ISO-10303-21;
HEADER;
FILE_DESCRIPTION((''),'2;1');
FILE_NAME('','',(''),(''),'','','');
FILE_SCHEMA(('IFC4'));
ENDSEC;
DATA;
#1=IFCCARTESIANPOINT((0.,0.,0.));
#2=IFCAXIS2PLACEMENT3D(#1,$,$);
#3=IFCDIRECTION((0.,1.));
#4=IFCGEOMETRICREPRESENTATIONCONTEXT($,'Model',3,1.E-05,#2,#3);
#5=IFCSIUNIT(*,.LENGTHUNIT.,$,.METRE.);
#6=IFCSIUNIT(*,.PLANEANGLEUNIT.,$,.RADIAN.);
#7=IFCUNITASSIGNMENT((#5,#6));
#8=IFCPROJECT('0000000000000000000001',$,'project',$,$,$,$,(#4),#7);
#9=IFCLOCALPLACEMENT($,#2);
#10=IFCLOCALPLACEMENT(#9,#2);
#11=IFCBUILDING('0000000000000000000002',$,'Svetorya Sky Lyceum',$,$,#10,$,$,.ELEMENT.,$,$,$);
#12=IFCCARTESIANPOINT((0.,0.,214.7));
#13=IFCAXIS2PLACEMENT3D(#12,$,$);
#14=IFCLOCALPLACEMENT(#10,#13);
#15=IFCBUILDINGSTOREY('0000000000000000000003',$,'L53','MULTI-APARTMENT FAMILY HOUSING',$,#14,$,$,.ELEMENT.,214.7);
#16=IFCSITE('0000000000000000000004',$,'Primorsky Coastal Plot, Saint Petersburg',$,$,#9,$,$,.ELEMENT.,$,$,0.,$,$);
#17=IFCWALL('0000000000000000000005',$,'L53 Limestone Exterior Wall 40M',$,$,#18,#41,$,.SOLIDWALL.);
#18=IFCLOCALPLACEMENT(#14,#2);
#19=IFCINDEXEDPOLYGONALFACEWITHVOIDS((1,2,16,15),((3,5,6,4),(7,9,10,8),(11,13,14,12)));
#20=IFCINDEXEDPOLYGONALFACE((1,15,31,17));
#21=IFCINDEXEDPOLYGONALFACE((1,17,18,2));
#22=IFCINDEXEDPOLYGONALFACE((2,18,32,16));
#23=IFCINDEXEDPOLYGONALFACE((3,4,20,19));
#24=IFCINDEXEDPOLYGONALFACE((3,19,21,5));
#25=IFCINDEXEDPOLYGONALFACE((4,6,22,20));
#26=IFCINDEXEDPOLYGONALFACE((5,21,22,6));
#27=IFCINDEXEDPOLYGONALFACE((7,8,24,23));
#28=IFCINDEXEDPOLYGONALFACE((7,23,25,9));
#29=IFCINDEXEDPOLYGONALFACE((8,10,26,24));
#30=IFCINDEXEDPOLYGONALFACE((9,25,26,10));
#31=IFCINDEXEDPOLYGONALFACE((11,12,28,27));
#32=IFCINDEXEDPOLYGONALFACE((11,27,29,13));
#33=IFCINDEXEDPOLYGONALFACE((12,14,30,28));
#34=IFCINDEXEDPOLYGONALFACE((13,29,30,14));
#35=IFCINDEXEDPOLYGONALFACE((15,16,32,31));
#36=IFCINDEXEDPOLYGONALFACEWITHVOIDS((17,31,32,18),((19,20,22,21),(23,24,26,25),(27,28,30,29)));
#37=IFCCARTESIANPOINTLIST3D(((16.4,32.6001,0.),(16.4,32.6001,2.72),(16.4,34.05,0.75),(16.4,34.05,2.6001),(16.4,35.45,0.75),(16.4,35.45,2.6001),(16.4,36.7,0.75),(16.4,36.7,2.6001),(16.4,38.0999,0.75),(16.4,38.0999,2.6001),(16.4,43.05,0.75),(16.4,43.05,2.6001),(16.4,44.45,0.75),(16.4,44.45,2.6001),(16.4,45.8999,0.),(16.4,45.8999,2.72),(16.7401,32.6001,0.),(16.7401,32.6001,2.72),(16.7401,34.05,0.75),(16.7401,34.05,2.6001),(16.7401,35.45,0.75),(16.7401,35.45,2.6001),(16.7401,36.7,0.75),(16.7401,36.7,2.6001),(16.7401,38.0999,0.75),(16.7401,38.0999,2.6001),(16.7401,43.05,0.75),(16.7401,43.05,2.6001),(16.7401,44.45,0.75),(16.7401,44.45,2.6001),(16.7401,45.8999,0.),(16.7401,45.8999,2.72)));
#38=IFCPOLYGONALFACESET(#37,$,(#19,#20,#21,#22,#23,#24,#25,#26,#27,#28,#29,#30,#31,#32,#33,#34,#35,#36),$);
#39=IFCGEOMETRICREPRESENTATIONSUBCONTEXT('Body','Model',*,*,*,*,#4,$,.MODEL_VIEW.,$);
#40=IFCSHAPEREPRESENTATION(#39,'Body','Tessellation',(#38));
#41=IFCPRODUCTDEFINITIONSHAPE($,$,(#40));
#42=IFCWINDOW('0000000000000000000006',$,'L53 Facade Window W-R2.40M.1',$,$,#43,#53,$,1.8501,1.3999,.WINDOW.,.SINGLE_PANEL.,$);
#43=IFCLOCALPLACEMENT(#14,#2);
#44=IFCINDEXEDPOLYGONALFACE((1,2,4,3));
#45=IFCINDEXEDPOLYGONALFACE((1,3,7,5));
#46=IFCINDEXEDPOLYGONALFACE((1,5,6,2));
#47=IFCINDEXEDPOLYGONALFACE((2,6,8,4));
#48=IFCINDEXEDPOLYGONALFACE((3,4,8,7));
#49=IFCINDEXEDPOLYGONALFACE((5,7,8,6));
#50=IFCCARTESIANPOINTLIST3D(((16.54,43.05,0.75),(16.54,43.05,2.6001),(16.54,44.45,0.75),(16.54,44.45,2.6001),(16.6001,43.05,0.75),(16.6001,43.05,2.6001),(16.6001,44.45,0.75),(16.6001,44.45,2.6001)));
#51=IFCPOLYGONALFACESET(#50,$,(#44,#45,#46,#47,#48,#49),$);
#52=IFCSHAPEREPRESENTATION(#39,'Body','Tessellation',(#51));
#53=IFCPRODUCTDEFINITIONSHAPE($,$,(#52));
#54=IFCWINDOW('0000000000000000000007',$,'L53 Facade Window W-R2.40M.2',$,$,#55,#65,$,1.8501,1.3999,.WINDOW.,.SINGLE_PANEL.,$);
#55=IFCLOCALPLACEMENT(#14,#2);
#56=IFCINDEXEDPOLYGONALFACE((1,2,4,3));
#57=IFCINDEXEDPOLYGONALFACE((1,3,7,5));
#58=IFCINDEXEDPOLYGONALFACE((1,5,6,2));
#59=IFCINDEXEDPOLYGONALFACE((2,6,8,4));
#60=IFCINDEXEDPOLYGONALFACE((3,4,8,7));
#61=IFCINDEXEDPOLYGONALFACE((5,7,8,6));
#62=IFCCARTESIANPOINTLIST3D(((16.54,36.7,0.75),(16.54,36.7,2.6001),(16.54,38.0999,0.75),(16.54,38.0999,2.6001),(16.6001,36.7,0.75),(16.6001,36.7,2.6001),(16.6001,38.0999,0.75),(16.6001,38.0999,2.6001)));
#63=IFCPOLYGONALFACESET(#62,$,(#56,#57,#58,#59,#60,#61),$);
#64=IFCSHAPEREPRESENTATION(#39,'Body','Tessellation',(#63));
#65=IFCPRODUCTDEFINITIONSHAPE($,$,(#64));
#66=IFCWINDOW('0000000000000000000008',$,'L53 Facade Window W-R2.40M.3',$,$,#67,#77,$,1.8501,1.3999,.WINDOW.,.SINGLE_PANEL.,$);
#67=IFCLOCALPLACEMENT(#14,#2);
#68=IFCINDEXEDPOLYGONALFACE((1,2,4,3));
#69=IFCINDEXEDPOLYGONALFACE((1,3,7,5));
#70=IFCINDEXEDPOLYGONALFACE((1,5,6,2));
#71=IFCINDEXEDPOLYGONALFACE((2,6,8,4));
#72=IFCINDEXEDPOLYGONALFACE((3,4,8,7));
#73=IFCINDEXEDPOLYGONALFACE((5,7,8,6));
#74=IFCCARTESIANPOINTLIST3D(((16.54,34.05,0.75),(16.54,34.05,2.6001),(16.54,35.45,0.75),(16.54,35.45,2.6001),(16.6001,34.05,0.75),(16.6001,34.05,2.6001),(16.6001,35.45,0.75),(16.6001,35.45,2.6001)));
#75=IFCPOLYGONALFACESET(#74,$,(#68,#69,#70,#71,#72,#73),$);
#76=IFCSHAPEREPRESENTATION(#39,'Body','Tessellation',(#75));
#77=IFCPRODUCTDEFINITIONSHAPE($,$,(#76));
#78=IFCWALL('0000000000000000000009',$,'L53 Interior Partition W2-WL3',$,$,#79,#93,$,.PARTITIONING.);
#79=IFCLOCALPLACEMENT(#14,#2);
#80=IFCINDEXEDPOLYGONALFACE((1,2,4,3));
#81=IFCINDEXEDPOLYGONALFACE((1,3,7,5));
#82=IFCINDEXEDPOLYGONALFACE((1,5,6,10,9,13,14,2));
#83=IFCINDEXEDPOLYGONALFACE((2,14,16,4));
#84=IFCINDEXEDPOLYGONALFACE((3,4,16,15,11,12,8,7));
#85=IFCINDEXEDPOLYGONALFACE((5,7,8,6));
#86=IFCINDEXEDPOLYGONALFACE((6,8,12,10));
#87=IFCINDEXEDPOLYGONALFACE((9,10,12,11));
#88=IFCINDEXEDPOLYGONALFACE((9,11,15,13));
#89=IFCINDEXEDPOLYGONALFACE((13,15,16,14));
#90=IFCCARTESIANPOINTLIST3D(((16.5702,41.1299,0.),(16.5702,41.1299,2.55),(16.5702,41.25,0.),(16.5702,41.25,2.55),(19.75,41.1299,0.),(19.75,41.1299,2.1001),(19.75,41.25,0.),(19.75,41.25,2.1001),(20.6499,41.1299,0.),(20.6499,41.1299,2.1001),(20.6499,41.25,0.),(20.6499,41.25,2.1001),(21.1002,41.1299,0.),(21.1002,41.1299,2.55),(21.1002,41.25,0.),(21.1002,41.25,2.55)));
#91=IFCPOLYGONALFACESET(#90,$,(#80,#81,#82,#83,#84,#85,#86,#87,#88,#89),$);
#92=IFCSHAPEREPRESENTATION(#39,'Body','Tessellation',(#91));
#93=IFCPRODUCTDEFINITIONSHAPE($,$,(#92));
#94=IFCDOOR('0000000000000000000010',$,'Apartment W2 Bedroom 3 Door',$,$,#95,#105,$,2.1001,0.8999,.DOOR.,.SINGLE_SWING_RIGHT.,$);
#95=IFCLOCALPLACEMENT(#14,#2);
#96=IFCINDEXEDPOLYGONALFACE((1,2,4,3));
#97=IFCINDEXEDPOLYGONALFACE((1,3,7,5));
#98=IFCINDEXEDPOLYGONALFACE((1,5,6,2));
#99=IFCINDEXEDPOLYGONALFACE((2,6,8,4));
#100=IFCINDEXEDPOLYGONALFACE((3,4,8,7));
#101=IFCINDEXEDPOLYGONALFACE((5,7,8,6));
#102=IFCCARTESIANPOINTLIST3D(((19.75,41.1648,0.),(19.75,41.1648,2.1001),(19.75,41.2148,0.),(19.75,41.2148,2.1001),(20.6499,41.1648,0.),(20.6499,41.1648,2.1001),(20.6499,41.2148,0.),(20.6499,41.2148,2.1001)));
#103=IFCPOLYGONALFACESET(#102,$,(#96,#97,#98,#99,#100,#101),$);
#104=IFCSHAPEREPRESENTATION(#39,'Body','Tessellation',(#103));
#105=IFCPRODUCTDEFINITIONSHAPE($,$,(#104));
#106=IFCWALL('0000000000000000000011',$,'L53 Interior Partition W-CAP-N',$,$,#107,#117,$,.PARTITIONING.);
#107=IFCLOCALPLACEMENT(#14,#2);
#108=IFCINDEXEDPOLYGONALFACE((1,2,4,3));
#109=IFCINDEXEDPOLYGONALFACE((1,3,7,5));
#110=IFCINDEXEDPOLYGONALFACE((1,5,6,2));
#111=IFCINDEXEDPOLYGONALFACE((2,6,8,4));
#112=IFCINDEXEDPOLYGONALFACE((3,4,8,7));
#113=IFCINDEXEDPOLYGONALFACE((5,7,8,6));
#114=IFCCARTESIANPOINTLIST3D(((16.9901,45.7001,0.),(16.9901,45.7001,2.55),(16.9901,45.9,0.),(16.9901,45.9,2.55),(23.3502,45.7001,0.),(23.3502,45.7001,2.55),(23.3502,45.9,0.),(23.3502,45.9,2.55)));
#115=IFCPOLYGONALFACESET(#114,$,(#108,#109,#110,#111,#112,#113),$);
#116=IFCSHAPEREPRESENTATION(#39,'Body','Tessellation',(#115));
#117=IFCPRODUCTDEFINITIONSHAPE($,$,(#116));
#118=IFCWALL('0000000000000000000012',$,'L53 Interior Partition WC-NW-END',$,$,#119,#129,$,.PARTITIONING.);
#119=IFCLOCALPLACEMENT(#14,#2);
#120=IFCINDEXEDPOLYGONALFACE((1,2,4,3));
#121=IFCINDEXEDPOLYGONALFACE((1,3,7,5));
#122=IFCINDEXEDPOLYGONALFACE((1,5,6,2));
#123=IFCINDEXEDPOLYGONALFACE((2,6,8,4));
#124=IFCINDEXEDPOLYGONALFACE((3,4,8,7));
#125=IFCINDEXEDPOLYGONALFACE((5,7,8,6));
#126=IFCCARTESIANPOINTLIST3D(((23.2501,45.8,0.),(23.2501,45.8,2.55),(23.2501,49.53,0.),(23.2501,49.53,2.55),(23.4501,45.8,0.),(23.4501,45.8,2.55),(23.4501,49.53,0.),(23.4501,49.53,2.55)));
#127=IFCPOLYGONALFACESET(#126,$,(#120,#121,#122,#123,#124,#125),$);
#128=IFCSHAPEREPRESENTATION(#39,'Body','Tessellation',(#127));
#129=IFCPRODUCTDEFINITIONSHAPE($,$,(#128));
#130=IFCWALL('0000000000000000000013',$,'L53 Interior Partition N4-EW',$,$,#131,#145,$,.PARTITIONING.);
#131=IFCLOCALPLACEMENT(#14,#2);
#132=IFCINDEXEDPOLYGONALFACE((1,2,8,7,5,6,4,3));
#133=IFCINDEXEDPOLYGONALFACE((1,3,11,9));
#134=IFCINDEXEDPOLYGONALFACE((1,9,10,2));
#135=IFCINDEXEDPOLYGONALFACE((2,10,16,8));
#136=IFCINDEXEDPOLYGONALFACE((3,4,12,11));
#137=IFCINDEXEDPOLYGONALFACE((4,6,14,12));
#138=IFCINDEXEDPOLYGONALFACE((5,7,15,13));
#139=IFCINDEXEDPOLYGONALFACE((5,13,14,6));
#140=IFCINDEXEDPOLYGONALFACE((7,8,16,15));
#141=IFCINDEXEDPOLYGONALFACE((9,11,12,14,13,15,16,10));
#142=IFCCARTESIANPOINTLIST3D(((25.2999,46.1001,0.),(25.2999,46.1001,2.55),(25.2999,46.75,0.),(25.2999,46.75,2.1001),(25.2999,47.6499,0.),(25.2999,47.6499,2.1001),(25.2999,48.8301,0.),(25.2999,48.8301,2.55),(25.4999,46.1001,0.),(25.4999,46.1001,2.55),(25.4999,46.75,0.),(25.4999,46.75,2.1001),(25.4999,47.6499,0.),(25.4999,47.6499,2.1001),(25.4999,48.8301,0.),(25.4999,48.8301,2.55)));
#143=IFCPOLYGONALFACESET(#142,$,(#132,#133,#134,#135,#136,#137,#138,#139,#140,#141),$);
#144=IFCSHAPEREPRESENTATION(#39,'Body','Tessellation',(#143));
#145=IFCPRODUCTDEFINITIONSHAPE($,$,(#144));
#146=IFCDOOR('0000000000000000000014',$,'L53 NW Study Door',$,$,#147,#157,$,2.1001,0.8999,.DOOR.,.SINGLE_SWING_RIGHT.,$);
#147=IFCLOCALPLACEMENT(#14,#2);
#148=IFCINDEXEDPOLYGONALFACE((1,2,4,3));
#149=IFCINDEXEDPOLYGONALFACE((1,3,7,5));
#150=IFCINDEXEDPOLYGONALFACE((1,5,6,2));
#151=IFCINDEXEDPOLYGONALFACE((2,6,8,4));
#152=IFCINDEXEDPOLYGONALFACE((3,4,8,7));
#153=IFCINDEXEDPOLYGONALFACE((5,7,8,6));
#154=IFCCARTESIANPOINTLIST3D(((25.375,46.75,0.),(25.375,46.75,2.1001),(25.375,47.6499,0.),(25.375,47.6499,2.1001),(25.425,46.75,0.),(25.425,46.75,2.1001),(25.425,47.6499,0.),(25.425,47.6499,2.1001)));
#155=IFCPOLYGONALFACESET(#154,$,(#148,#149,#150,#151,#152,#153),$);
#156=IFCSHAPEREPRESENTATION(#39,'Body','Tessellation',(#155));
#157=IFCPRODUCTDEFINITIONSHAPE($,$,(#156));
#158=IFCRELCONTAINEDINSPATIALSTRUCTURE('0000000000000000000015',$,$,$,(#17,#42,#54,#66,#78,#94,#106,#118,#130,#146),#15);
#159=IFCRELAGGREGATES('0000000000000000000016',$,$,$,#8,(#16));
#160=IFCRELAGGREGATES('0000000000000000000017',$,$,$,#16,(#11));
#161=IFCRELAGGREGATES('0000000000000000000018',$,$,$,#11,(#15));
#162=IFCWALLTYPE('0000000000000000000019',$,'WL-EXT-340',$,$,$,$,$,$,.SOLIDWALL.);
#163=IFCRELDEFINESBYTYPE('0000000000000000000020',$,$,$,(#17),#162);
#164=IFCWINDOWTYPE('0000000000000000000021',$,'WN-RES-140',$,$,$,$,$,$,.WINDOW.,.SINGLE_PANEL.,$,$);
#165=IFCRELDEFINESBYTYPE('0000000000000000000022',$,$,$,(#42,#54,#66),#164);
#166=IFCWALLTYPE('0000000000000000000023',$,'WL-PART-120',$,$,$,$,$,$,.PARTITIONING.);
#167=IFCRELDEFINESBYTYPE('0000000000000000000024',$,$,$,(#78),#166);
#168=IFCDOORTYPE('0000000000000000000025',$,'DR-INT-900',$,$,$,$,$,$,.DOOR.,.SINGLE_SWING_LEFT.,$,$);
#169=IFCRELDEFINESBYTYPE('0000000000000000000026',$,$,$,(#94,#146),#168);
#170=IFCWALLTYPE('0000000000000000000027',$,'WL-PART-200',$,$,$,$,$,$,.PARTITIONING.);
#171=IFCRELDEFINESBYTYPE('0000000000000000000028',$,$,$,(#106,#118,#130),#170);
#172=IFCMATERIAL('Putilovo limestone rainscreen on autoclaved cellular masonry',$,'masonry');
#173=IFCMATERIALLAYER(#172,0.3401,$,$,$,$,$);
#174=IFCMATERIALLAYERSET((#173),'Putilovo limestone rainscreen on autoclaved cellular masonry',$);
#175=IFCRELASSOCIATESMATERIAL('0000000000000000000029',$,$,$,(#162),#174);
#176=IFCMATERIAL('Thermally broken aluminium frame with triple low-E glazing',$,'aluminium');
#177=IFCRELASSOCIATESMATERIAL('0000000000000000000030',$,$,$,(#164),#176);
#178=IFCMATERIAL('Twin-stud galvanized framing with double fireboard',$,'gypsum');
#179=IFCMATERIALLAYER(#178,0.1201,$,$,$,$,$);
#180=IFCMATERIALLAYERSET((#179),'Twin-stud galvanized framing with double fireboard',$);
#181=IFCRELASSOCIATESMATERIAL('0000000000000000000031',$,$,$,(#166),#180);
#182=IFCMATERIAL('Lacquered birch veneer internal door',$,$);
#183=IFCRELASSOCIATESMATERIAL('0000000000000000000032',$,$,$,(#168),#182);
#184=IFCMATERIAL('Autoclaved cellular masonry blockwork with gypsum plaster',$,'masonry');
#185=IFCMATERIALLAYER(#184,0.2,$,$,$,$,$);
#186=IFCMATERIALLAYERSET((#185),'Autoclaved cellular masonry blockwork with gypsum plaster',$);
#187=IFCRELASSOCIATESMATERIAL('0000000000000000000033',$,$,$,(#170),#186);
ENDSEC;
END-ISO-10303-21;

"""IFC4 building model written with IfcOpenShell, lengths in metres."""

from ifc_helpers import new_model, si_unit, direction, frame, frame_2d, origin, place, context, subcontext, project, spatial, rectangle, extrude, material, layer, layer_set, type_object, element, fill, save


model = new_model("IFC4")

# Units and contexts
model_context = context("Model", 3, precision=1e-05, world=origin(), true_north=direction((0.0, 1.0)))
body_context = subcontext(model_context, "Body", "Model", "MODEL_VIEW")
ifc_project = project(units=[si_unit("LENGTHUNIT", "METRE"), si_unit("PLANEANGLEUNIT", "RADIAN")], contexts=[model_context])

# Site, building, storey
site_placement = place(None, origin())
site = spatial("IfcSite", under=ifc_project, at=site_placement, Name="Primorsky Coastal Plot, Saint Petersburg", CompositionType="ELEMENT", RefElevation=0.0)
building_placement = place(site_placement, origin())
building = spatial("IfcBuilding", under=site, at=building_placement, Name="Svetorya Sky Lyceum", CompositionType="ELEMENT")
storey_placement = place(building_placement, frame((0.0, 0.0, 214.7)))
storey = spatial("IfcBuildingStorey", under=building, at=storey_placement, Name="L53", Description="MULTI-APARTMENT FAMILY HOUSING", CompositionType="ELEMENT", Elevation=214.7)

# Shared definitions
ifc_material_1 = material(Name="Putilovo limestone rainscreen on autoclaved cellular masonry", Category="masonry")
ifc_layer_1 = layer(ifc_material_1, 0.3401)
ifc_layer_set_1 = layer_set([ifc_layer_1], Name="Putilovo limestone rainscreen on autoclaved cellular masonry")
wall_type_1 = type_object("IfcWallType", Name="WL-EXT-340", PredefinedType="SOLIDWALL", material=ifc_layer_set_1)

# Wall, openings, windows
wall_1_placement = place(storey_placement, frame((16.5701, 45.8999, 0.0), z_axis=(0.0, 0.0, 1.0), x_axis=(0.0, -1.0, 0.0)))
wall_1 = element("IfcWall", 1, at=wall_1_placement, inside=storey, type_object=wall_type_1, Name="L53 Limestone Exterior Wall 40M", PredefinedType="SOLIDWALL", context=body_context, shape_type="SweptSolid", body=[
    extrude(rectangle(XDim=13.2998, YDim=0.3401, at=frame_2d((6.6499, 0.0))), origin(), (0.0, 0.0, 1.0), 2.72),
])
opening_1_placement = place(wall_1_placement, frame((1.45, 0.0, 0.75)))
opening_1 = element("IfcOpeningElement", 2, at=opening_1_placement, cuts=wall_1, PredefinedType="OPENING", context=body_context, shape_type="SweptSolid", body=[
    extrude(rectangle(XDim=1.3999, YDim=1.8501, at=frame_2d((0.7, 0.925))), frame((0.0, 0.1799, 0.0), z_axis=(0.0, -1.0, 0.0), x_axis=(1.0, 0.0, 0.0)), (0.0, 0.0, 1.0), 0.3601),
])
opening_2_placement = place(wall_1_placement, frame((7.8, 0.0, 0.75)))
opening_2 = element("IfcOpeningElement", 3, at=opening_2_placement, cuts=wall_1, PredefinedType="OPENING", context=body_context, shape_type="SweptSolid", body=[
    extrude(rectangle(XDim=1.3999, YDim=1.8501, at=frame_2d((0.7, 0.925))), frame((0.0, 0.1799, 0.0), z_axis=(0.0, -1.0, 0.0), x_axis=(1.0, 0.0, 0.0)), (0.0, 0.0, 1.0), 0.3601),
])
opening_3_placement = place(wall_1_placement, frame((10.45, 0.0, 0.75)))
opening_3 = element("IfcOpeningElement", 4, at=opening_3_placement, cuts=wall_1, PredefinedType="OPENING", context=body_context, shape_type="SweptSolid", body=[
    extrude(rectangle(XDim=1.3999, YDim=1.8501, at=frame_2d((0.7, 0.925))), frame((0.0, 0.1799, 0.0), z_axis=(0.0, -1.0, 0.0), x_axis=(1.0, 0.0, 0.0)), (0.0, 0.0, 1.0), 0.3601),
])
ifc_material_2 = material(Name="Thermally broken aluminium frame with triple low-E glazing", Category="aluminium")
window_type = type_object("IfcWindowType", Name="WN-RES-140", PartitioningType="SINGLE_PANEL", PredefinedType="WINDOW", material=ifc_material_2)
window_1_placement = place(opening_1_placement, origin())
window_1 = element("IfcWindow", 5, at=window_1_placement, inside=storey, type_object=window_type, Name="L53 Facade Window W-R2.40M.1", OverallHeight=1.8501, OverallWidth=1.3999, PartitioningType="SINGLE_PANEL", PredefinedType="WINDOW", context=body_context, shape_type="SweptSolid", body=[
    extrude(rectangle(XDim=1.3999, YDim=1.8501, at=frame_2d((0.7, 0.925))), frame((0.0, 0.03, 0.0), z_axis=(0.0, -1.0, 0.0), x_axis=(1.0, 0.0, 0.0)), (0.0, 0.0, 1.0), 0.0601),
])
fill(opening_1, window_1)
window_2_placement = place(opening_2_placement, origin())
window_2 = element("IfcWindow", 6, at=window_2_placement, inside=storey, type_object=window_type, Name="L53 Facade Window W-R2.40M.2", OverallHeight=1.8501, OverallWidth=1.3999, PartitioningType="SINGLE_PANEL", PredefinedType="WINDOW", context=body_context, shape_type="SweptSolid", body=[
    extrude(rectangle(XDim=1.3999, YDim=1.8501, at=frame_2d((0.7, 0.925))), frame((0.0, 0.03, 0.0), z_axis=(0.0, -1.0, 0.0), x_axis=(1.0, 0.0, 0.0)), (0.0, 0.0, 1.0), 0.0601),
])
fill(opening_2, window_2)
window_3_placement = place(opening_3_placement, origin())
window_3 = element("IfcWindow", 7, at=window_3_placement, inside=storey, type_object=window_type, Name="L53 Facade Window W-R2.40M.3", OverallHeight=1.8501, OverallWidth=1.3999, PartitioningType="SINGLE_PANEL", PredefinedType="WINDOW", context=body_context, shape_type="SweptSolid", body=[
    extrude(rectangle(XDim=1.3999, YDim=1.8501, at=frame_2d((0.7, 0.925))), frame((0.0, 0.03, 0.0), z_axis=(0.0, -1.0, 0.0), x_axis=(1.0, 0.0, 0.0)), (0.0, 0.0, 1.0), 0.0601),
])
fill(opening_3, window_3)

# Wall, opening, door
ifc_material_3 = material(Name="Twin-stud galvanized framing with double fireboard", Category="gypsum")
ifc_layer_2 = layer(ifc_material_3, 0.1201)
ifc_layer_set_2 = layer_set([ifc_layer_2], Name="Twin-stud galvanized framing with double fireboard")
wall_type_2 = type_object("IfcWallType", Name="WL-PART-120", PredefinedType="PARTITIONING", material=ifc_layer_set_2)
wall_2_placement = place(storey_placement, frame((16.5701, 41.1899, 0.0), z_axis=(0.0, 0.0, 1.0), x_axis=(1.0, 0.0, 0.0)))
wall_2 = element("IfcWall", 8, at=wall_2_placement, inside=storey, type_object=wall_type_2, Name="L53 Interior Partition W2-WL3", PredefinedType="PARTITIONING", context=body_context, shape_type="SweptSolid", body=[
    extrude(rectangle(XDim=4.53, YDim=0.1201, at=frame_2d((2.2651, 0.0))), origin(), (0.0, 0.0, 1.0), 2.55),
])
opening_4_placement = place(wall_2_placement, frame((3.1799, 0.0, 0.0)))
opening_4 = element("IfcOpeningElement", 9, at=opening_4_placement, cuts=wall_2, PredefinedType="OPENING", context=body_context, shape_type="SweptSolid", body=[
    extrude(rectangle(XDim=0.8999, YDim=2.1001, at=frame_2d((0.45, 1.05))), frame((0.0, 0.0701, 0.0), z_axis=(0.0, -1.0, 0.0), x_axis=(1.0, 0.0, 0.0)), (0.0, 0.0, 1.0), 0.1401),
])
ifc_material_4 = material(Name="Lacquered birch veneer internal door")
door_type = type_object("IfcDoorType", Name="DR-INT-900", OperationType="SINGLE_SWING_LEFT", PredefinedType="DOOR", material=ifc_material_4)
door_1_placement = place(opening_4_placement, origin())
door_1 = element("IfcDoor", 10, at=door_1_placement, inside=storey, type_object=door_type, Name="Apartment W2 Bedroom 3 Door", OperationType="SINGLE_SWING_RIGHT", OverallHeight=2.1001, OverallWidth=0.8999, PredefinedType="DOOR", context=body_context, shape_type="SweptSolid", body=[
    extrude(rectangle(XDim=0.8999, YDim=2.1001, at=frame_2d((0.45, 1.05))), frame((0.0, 0.0249, 0.0), z_axis=(0.0, -1.0, 0.0), x_axis=(1.0, 0.0, 0.0)), (0.0, 0.0, 1.0), 0.05),
])
fill(opening_4, door_1)

# Walls
ifc_material_5 = material(Name="Autoclaved cellular masonry blockwork with gypsum plaster", Category="masonry")
ifc_layer_3 = layer(ifc_material_5, 0.2)
ifc_layer_set_3 = layer_set([ifc_layer_3], Name="Autoclaved cellular masonry blockwork with gypsum plaster")
wall_type_3 = type_object("IfcWallType", Name="WL-PART-200", PredefinedType="PARTITIONING", material=ifc_layer_set_3)
wall_3_placement = place(storey_placement, frame((16.99, 45.8, 0.0), z_axis=(0.0, 0.0, 1.0), x_axis=(1.0, 0.0, 0.0)))
element("IfcWall", 11, at=wall_3_placement, inside=storey, type_object=wall_type_3, Name="L53 Interior Partition W-CAP-N", PredefinedType="PARTITIONING", context=body_context, shape_type="SweptSolid", body=[
    extrude(rectangle(XDim=6.3601, YDim=0.2, at=frame_2d((3.1802, 0.0))), origin(), (0.0, 0.0, 1.0), 2.55),
])
wall_4_placement = place(storey_placement, frame((23.3501, 45.8, 0.0), z_axis=(0.0, 0.0, 1.0), x_axis=(0.0, 1.0, 0.0)))
element("IfcWall", 12, at=wall_4_placement, inside=storey, type_object=wall_type_3, Name="L53 Interior Partition WC-NW-END", PredefinedType="PARTITIONING", context=body_context, shape_type="SweptSolid", body=[
    extrude(rectangle(XDim=3.73, YDim=0.2, at=frame_2d((1.865, 0.0))), origin(), (0.0, 0.0, 1.0), 2.55),
])

# Wall, opening, door
wall_5_placement = place(storey_placement, frame((25.3999, 46.1001, 0.0), z_axis=(0.0, 0.0, 1.0), x_axis=(0.0, 1.0, 0.0)))
wall_5 = element("IfcWall", 13, at=wall_5_placement, inside=storey, type_object=wall_type_3, Name="L53 Interior Partition N4-EW", PredefinedType="PARTITIONING", context=body_context, shape_type="SweptSolid", body=[
    extrude(rectangle(XDim=2.73, YDim=0.2, at=frame_2d((1.365, 0.0))), origin(), (0.0, 0.0, 1.0), 2.55),
])
opening_5_placement = place(wall_5_placement, frame((0.6499, 0.0, 0.0)))
opening_5 = element("IfcOpeningElement", 14, at=opening_5_placement, cuts=wall_5, PredefinedType="OPENING", context=body_context, shape_type="SweptSolid", body=[
    extrude(rectangle(XDim=0.8999, YDim=2.1001, at=frame_2d((0.45, 1.05))), frame((0.0, 0.1099, 0.0), z_axis=(0.0, -1.0, 0.0), x_axis=(1.0, 0.0, 0.0)), (0.0, 0.0, 1.0), 0.22),
])
door_2_placement = place(opening_5_placement, origin())
door_2 = element("IfcDoor", 15, at=door_2_placement, inside=storey, type_object=door_type, Name="L53 NW Study Door", OperationType="SINGLE_SWING_RIGHT", OverallHeight=2.1001, OverallWidth=0.8999, PredefinedType="DOOR", context=body_context, shape_type="SweptSolid", body=[
    extrude(rectangle(XDim=0.8999, YDim=2.1001, at=frame_2d((0.45, 1.05))), frame((0.0, 0.0249, 0.0), z_axis=(0.0, -1.0, 0.0), x_axis=(1.0, 0.0, 0.0)), (0.0, 0.0, 1.0), 0.05),
])
fill(opening_5, door_2)

save(model, "model.ifc")
